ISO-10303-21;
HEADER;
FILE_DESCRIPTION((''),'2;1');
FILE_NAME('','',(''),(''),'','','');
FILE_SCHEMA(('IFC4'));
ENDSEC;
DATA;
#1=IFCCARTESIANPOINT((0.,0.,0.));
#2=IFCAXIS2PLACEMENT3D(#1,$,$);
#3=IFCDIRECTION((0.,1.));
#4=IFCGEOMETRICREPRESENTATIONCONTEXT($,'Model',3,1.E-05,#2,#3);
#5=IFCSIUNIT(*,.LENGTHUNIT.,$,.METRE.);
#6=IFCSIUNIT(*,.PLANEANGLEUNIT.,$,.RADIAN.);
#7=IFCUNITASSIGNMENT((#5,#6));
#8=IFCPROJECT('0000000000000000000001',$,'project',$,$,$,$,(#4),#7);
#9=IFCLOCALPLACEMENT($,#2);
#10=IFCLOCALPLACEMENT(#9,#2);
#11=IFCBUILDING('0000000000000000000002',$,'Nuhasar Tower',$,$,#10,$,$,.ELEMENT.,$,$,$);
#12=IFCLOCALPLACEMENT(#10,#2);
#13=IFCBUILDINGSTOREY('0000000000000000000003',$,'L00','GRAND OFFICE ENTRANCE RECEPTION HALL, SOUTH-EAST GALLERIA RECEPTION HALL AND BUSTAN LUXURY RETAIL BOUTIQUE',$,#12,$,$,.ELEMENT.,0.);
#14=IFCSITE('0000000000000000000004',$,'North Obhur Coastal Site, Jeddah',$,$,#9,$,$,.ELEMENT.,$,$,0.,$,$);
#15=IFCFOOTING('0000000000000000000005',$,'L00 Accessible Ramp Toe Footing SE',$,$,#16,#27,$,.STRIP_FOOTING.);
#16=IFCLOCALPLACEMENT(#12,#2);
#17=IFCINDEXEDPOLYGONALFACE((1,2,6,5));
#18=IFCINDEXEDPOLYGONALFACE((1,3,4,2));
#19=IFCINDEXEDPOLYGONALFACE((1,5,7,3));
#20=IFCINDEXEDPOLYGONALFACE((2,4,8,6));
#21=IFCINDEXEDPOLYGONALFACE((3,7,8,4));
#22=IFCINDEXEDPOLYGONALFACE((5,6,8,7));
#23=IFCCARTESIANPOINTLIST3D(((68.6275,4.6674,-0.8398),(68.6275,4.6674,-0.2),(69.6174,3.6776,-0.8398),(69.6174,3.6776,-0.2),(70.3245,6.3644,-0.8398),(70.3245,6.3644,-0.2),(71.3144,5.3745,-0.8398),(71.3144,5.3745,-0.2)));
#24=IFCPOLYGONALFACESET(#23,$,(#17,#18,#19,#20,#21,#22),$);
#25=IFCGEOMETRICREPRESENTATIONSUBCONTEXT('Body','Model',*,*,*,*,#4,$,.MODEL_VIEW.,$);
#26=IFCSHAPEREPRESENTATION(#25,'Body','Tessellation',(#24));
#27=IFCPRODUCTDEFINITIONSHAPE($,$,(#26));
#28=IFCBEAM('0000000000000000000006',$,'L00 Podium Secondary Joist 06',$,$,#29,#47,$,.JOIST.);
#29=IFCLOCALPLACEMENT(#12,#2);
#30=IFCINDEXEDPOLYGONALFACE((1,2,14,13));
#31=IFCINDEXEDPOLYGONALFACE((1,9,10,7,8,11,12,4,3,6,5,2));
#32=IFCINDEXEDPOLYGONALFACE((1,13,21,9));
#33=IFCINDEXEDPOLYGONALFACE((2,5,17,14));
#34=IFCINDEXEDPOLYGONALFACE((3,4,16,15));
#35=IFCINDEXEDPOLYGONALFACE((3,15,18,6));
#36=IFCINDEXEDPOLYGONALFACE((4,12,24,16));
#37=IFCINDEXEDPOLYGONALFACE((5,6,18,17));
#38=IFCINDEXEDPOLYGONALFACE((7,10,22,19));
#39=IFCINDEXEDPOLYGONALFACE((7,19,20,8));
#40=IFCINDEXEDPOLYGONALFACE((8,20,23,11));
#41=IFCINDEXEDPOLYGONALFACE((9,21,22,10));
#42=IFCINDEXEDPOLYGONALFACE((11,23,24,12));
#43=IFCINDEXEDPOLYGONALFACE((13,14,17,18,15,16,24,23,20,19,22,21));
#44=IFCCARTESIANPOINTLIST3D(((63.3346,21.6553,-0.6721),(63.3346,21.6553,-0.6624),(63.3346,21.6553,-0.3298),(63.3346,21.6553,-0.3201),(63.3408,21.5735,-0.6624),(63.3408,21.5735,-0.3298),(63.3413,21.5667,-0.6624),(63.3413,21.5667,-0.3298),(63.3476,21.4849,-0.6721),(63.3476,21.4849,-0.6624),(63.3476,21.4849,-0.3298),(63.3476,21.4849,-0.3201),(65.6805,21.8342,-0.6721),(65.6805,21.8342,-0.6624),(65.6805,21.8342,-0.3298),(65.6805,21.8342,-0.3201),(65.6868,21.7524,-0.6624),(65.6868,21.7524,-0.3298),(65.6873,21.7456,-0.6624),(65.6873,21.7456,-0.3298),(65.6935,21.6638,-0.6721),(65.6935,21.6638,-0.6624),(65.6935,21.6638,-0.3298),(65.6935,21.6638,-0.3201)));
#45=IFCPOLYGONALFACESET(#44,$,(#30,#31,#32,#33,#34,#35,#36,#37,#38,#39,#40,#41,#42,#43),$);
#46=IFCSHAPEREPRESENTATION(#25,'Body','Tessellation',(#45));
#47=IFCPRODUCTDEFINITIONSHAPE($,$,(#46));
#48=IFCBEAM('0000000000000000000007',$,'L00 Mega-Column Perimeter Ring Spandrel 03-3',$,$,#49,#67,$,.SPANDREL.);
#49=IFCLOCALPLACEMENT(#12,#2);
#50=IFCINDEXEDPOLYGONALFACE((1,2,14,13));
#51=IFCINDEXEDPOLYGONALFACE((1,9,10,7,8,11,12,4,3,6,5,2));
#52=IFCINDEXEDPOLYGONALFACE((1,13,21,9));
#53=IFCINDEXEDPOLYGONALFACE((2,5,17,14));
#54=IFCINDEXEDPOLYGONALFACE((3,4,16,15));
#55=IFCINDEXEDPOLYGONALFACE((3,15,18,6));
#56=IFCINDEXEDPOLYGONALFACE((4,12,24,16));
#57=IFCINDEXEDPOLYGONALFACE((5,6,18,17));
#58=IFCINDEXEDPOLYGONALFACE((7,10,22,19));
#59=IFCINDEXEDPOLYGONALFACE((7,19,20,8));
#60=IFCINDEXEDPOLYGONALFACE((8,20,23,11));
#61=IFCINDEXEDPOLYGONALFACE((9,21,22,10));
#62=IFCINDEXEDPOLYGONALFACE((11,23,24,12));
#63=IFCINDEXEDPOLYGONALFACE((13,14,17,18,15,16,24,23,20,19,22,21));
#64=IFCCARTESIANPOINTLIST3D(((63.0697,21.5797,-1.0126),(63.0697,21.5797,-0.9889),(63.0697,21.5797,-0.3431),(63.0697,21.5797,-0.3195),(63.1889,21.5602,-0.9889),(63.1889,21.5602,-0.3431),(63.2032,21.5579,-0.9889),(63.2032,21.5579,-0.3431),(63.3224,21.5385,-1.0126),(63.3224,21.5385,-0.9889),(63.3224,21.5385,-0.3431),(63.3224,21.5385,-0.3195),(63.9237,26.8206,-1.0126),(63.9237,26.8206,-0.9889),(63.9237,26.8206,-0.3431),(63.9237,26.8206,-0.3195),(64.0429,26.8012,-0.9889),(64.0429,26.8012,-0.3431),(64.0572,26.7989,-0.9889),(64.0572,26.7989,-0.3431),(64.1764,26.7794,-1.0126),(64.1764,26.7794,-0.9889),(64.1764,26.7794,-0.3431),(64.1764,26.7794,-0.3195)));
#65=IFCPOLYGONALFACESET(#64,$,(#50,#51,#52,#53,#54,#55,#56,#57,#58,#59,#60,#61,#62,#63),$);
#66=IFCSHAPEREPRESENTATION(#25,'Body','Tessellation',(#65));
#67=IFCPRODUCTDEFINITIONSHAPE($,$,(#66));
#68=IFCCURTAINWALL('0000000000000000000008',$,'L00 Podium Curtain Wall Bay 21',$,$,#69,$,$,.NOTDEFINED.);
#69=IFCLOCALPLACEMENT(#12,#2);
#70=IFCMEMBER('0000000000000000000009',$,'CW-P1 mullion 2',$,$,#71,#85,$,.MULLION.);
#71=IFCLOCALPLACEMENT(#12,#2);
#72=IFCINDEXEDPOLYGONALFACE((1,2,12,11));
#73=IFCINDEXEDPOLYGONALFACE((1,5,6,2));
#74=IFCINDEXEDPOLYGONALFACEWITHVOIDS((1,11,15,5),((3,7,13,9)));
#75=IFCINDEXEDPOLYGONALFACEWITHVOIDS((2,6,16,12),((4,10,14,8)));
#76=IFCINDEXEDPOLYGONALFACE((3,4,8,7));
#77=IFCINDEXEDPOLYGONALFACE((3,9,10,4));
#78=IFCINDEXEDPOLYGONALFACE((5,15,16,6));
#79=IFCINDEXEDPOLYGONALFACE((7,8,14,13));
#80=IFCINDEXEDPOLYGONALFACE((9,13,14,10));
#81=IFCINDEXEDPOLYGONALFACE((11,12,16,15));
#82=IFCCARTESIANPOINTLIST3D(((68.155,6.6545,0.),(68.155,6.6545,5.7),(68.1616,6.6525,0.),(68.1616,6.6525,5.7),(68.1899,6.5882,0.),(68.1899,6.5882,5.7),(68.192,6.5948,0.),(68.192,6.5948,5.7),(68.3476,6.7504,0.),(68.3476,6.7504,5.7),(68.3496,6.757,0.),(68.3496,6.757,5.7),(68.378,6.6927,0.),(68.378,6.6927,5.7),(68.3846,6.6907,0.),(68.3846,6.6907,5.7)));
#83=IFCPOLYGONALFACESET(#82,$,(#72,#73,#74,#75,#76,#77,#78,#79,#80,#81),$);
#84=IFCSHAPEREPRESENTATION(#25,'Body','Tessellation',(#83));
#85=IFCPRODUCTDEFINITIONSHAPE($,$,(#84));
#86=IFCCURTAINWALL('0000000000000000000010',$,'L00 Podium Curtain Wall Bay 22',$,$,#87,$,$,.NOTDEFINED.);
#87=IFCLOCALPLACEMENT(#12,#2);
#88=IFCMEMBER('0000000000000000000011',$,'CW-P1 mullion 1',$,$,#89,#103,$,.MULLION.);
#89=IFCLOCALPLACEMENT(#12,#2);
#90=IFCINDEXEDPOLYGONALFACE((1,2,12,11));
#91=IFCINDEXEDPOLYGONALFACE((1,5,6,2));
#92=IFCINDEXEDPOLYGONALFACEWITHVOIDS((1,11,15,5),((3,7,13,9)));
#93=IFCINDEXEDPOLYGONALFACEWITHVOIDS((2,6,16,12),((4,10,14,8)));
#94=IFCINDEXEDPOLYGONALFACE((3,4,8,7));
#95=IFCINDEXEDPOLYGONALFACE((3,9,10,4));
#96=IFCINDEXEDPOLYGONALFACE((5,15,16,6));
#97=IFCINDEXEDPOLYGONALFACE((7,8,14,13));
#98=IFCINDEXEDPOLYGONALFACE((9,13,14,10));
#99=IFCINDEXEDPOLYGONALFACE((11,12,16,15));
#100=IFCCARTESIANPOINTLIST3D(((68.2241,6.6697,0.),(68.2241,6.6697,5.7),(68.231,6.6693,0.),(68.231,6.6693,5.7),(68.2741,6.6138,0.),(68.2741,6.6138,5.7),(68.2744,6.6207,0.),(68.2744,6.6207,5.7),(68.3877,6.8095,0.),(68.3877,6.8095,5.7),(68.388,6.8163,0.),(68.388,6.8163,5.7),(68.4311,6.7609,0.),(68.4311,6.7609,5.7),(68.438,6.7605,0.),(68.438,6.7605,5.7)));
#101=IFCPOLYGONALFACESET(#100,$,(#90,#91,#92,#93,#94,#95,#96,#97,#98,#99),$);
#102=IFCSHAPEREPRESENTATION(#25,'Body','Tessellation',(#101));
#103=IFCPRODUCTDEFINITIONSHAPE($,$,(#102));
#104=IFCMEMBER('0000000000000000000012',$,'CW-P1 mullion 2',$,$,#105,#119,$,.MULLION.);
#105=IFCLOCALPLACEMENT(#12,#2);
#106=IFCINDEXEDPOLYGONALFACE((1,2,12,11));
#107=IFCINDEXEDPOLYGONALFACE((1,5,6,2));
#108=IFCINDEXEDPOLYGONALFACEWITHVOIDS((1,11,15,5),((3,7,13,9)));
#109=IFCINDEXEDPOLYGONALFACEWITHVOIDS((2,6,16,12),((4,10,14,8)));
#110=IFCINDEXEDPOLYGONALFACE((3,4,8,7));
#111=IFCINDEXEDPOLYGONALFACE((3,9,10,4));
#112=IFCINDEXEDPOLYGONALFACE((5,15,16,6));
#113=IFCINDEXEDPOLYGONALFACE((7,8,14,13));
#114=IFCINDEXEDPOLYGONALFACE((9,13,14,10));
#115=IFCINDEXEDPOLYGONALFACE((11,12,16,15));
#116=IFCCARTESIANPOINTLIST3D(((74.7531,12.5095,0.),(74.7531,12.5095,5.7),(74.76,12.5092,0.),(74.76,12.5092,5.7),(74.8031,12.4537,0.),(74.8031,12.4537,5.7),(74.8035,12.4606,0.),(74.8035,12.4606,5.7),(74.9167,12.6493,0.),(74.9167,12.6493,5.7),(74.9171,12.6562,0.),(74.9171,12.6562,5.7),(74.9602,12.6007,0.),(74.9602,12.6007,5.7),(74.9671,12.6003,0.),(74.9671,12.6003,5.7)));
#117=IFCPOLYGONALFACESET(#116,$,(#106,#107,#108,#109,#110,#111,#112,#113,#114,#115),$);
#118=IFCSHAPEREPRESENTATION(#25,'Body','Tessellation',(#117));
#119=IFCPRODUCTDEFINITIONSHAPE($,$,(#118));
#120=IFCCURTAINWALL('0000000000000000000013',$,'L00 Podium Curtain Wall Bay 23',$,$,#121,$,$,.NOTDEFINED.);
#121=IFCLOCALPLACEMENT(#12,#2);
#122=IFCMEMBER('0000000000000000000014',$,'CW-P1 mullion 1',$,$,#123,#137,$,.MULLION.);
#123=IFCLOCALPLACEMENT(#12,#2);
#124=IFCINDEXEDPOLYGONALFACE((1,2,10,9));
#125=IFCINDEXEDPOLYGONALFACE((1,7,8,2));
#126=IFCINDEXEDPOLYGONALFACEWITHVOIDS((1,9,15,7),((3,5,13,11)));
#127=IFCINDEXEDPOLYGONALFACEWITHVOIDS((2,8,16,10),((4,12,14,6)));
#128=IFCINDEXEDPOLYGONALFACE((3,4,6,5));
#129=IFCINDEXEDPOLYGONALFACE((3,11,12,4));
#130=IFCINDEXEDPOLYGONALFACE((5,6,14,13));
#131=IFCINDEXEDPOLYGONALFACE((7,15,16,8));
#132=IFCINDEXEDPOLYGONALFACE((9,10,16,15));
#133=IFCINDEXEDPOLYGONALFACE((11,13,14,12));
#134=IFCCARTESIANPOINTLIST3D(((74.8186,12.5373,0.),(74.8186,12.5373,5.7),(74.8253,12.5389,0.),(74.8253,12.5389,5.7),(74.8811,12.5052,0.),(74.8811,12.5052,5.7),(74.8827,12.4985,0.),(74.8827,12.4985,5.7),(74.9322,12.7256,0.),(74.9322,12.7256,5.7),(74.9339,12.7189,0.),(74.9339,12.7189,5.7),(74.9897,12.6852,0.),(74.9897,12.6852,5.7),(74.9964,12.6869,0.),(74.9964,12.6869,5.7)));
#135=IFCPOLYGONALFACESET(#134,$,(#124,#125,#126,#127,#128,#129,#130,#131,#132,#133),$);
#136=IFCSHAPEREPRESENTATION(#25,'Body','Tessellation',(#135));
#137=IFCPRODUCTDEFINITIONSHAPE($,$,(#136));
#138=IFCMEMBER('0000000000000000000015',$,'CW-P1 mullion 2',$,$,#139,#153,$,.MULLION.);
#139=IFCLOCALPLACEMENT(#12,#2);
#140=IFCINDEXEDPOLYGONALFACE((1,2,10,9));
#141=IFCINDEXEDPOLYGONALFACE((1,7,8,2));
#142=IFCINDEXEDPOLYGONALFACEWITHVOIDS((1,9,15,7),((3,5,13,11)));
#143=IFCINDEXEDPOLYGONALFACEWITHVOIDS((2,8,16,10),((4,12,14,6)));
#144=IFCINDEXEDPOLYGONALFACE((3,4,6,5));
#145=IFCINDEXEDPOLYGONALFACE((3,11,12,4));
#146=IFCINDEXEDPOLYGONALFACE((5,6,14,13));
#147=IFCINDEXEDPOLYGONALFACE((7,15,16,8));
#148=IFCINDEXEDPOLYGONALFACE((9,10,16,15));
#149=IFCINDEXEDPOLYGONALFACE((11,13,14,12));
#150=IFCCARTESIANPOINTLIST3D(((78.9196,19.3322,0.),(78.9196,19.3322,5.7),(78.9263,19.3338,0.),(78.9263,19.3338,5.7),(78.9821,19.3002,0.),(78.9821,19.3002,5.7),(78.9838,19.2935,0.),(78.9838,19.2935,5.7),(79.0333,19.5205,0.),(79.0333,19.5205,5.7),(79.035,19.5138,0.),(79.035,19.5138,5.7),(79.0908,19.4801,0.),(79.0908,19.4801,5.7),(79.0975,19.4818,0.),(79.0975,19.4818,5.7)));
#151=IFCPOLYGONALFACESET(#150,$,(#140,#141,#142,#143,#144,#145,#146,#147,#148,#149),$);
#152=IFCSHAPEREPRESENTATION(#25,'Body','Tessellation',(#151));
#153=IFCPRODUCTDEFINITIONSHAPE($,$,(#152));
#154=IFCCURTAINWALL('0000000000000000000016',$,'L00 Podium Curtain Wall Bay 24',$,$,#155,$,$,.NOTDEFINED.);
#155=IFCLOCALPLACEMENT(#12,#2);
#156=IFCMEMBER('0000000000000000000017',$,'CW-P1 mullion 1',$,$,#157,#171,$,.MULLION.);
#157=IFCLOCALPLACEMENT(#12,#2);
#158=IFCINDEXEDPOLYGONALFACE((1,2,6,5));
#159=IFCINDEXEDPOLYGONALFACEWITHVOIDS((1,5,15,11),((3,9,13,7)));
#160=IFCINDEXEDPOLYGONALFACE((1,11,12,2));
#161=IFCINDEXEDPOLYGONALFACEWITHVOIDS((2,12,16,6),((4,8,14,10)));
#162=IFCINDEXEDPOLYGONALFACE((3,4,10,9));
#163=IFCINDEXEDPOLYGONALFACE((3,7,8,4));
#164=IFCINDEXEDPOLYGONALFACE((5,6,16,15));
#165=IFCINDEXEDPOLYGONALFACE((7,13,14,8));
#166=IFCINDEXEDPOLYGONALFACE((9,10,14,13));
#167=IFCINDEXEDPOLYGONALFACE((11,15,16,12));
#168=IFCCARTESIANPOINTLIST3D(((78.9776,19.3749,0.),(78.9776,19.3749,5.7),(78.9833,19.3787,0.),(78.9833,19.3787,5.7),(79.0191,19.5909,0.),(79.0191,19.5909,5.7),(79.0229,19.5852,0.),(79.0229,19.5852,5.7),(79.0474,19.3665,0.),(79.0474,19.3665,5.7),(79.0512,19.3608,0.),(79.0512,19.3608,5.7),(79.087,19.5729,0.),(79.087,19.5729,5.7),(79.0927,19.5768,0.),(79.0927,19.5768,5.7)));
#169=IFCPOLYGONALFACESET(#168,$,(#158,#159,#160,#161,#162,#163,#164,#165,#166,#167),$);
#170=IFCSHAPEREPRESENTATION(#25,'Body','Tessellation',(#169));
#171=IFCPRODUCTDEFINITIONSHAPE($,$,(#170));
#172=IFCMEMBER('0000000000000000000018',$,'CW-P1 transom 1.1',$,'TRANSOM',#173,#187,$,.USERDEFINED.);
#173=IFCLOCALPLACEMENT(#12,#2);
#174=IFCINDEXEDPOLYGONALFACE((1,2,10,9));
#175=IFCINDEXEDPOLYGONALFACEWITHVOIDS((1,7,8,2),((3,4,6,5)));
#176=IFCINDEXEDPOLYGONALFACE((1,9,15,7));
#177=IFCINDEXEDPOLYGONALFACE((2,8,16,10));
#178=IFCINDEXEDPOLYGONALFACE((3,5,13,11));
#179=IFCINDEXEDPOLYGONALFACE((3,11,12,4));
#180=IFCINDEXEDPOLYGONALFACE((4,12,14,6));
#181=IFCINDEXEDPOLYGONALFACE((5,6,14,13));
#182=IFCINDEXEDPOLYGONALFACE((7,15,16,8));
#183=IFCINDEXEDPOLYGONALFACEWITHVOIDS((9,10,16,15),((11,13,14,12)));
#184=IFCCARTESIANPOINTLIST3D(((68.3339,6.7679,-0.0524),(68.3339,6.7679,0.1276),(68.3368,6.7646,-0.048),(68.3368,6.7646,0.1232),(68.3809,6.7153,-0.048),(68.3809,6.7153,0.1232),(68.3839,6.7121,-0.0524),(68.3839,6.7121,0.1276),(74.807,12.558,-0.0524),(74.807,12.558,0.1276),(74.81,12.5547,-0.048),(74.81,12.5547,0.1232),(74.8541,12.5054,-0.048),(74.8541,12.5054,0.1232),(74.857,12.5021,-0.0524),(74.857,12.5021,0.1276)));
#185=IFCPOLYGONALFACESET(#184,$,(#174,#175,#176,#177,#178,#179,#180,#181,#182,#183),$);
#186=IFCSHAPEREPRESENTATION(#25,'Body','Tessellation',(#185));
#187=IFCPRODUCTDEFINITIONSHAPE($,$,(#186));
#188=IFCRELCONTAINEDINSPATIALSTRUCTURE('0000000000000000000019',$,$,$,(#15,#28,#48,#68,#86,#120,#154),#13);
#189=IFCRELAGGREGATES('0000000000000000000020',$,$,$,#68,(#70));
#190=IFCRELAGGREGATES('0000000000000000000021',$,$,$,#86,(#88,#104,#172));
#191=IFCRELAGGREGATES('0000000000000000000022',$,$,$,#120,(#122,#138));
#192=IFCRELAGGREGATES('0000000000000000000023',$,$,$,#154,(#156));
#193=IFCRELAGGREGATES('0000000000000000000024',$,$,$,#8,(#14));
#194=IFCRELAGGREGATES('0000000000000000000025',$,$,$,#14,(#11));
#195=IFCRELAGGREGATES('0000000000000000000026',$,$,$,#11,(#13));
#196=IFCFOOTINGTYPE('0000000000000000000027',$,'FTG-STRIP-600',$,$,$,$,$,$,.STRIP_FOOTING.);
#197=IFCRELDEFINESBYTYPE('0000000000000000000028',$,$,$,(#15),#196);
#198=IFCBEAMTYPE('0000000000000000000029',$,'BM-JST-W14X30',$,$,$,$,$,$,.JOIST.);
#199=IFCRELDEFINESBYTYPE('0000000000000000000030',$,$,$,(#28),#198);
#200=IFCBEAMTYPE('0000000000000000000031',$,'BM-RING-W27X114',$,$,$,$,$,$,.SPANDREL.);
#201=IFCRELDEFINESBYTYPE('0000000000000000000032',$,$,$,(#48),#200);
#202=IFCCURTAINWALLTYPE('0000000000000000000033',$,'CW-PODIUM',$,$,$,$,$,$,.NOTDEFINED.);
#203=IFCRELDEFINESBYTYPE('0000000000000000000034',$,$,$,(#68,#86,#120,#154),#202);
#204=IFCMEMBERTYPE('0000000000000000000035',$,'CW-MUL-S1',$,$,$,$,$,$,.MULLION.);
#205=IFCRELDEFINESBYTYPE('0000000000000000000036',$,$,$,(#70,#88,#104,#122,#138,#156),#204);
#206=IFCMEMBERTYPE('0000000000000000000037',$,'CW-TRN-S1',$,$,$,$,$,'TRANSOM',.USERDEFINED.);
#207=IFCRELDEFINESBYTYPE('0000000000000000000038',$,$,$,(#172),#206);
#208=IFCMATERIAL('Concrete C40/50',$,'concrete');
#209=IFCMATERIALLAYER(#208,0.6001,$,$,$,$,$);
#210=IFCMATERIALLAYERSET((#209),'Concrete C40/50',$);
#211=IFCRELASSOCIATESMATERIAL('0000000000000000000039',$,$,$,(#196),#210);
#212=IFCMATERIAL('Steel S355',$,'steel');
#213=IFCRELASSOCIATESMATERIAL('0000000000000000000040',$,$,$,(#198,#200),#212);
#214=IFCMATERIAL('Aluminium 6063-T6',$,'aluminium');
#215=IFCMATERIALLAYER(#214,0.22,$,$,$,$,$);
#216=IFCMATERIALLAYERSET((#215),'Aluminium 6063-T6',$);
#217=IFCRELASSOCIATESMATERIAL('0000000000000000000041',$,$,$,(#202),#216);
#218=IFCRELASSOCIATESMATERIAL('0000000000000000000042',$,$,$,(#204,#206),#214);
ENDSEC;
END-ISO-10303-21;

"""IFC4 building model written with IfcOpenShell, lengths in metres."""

from ifc_helpers import new_model, si_unit, direction, frame, origin, origin_2d, place, context, subcontext, project, spatial, rectangle, hollow_rectangle, i_section, extrude, material, layer, layer_set, material_profile, profile_set, type_object, element, aggregate, save


model = new_model("IFC4")

# Units and contexts
model_context = context("Model", 3, precision=1e-05, world=origin(), true_north=direction((0.0, 1.0)))
body_context = subcontext(model_context, "Body", "Model", "MODEL_VIEW")
ifc_project = project(units=[si_unit("LENGTHUNIT", "METRE"), si_unit("PLANEANGLEUNIT", "RADIAN")], contexts=[model_context])

# Site, building, storey
site_placement = place(None, origin())
site = spatial("IfcSite", under=ifc_project, at=site_placement, Name="North Obhur Coastal Site, Jeddah", CompositionType="ELEMENT", RefElevation=0.0)
building_placement = place(site_placement, origin())
building = spatial("IfcBuilding", under=site, at=building_placement, Name="Nuhasar Tower", CompositionType="ELEMENT")
storey_placement = place(building_placement, origin())
storey = spatial("IfcBuildingStorey", under=building, at=storey_placement, Name="L00", Description="GRAND OFFICE ENTRANCE RECEPTION HALL, SOUTH-EAST GALLERIA RECEPTION HALL AND BUSTAN LUXURY RETAIL BOUTIQUE", CompositionType="ELEMENT", Elevation=0.0)

# Footing
ifc_material_1 = material(Name="Concrete C40/50", Category="concrete")
ifc_layer_1 = layer(ifc_material_1, 0.6001)
ifc_layer_set_1 = layer_set([ifc_layer_1], Name="Concrete C40/50")
footing_type = type_object("IfcFootingType", Name="FTG-STRIP-600", PredefinedType="STRIP_FOOTING", material=ifc_layer_set_1)
footing_placement = place(storey_placement, frame((69.9709, 5.021, -0.8398), z_axis=(0.0, 0.0, 1.0), x_axis=(0.707107, -0.707107, 0.0)))
element("IfcFooting", 1, at=footing_placement, inside=storey, type_object=footing_type, Name="L00 Accessible Ramp Toe Footing SE", PredefinedType="STRIP_FOOTING", context=body_context, shape_type="SweptSolid", body=[
    extrude(rectangle(XDim=1.3999, YDim=2.3999, at=origin_2d()), origin(), (0.0, 0.0, 1.0), 0.6399),
])

# Beams
ifc_material_2 = material(Name="Steel S355", Category="steel")
ifc_material_profile_1 = material_profile(ifc_material_2, i_section(OverallWidth=0.1709, OverallDepth=0.3521, WebThickness=0.0068, FlangeThickness=0.0098, at=origin_2d()), Name="W14X30")
ifc_profile_set_1 = profile_set([ifc_material_profile_1], Name="Steel S355")
beam_type_1 = type_object("IfcBeamType", Name="BM-JST-W14X30", PredefinedType="JOIST", material=ifc_profile_set_1)
beam_1_placement = place(storey_placement, frame((63.3411, 21.5701, -0.4961), z_axis=(0.997103, 0.076062, 0.0), x_axis=(-0.076062, 0.997103, 0.0)))
element("IfcBeam", 2, at=beam_1_placement, inside=storey, type_object=beam_type_1, Name="L00 Podium Secondary Joist 06", PredefinedType="JOIST", context=body_context, shape_type="SweptSolid", body=[
    extrude(i_section(OverallWidth=0.1709, OverallDepth=0.3521, WebThickness=0.0068, FlangeThickness=0.0098, at=origin_2d()), origin(), (0.0, 0.0, 1.0), 2.3528),
])
ifc_material_profile_2 = material_profile(ifc_material_2, i_section(OverallWidth=0.2561, OverallDepth=0.6931, WebThickness=0.0144, FlangeThickness=0.0237, at=origin_2d()), Name="W27X114")
ifc_profile_set_2 = profile_set([ifc_material_profile_2], Name="Steel S355")
beam_type_2 = type_object("IfcBeamType", Name="BM-RING-W27X114", PredefinedType="SPANDREL", material=ifc_profile_set_2)
beam_2_placement = place(storey_placement, frame((63.196, 21.5591, -0.666), z_axis=(0.160827, 0.986983, 0.0), x_axis=(-0.986983, 0.160827, 0.0)))
element("IfcBeam", 3, at=beam_2_placement, inside=storey, type_object=beam_type_2, Name="L00 Mega-Column Perimeter Ring Spandrel 03-3", PredefinedType="SPANDREL", context=body_context, shape_type="SweptSolid", body=[
    extrude(i_section(OverallWidth=0.2561, OverallDepth=0.6931, WebThickness=0.0144, FlangeThickness=0.0237, at=origin_2d()), origin(), (0.0, 0.0, 1.0), 5.3101),
])

# Curtain wall, member
ifc_material_3 = material(Name="Aluminium 6063-T6", Category="aluminium")
ifc_layer_2 = layer(ifc_material_3, 0.22)
ifc_layer_set_2 = layer_set([ifc_layer_2], Name="Aluminium 6063-T6")
curtain_wall_type = type_object("IfcCurtainWallType", Name="CW-PODIUM", PredefinedType="NOTDEFINED", material=ifc_layer_set_2)
curtain_wall_1_placement = place(storey_placement, origin())
curtain_wall_1 = element("IfcCurtainWall", 4, at=curtain_wall_1_placement, inside=storey, type_object=curtain_wall_type, Name="L00 Podium Curtain Wall Bay 21", PredefinedType="NOTDEFINED")
ifc_material_profile_3 = material_profile(ifc_material_3, hollow_rectangle(XDim=0.075, YDim=0.22, WallThickness=0.0049, at=origin_2d()), Name="CWM-1")
ifc_profile_set_3 = profile_set([ifc_material_profile_3], Name="Aluminium 6063-T6")
member_type_1 = type_object("IfcMemberType", Name="CW-MUL-S1", PredefinedType="MULLION", material=ifc_profile_set_3)
member_1_placement = place(storey_placement, frame((68.2698, 6.6726, 0.0), z_axis=(0.0, 0.0, 1.0), x_axis=(-0.465959, 0.884806, 0.0)))
member_1 = element("IfcMember", 5, at=member_1_placement, type_object=member_type_1, Name="CW-P1 mullion 2", PredefinedType="MULLION", context=body_context, shape_type="SweptSolid", body=[
    extrude(hollow_rectangle(XDim=0.075, YDim=0.22, WallThickness=0.0049, at=origin_2d()), origin(), (0.0, 0.0, 1.0), 5.7),
])

# Curtain walls, members
curtain_wall_2_placement = place(storey_placement, origin())
curtain_wall_2 = element("IfcCurtainWall", 6, at=curtain_wall_2_placement, inside=storey, type_object=curtain_wall_type, Name="L00 Podium Curtain Wall Bay 22", PredefinedType="NOTDEFINED")
member_2_placement = place(storey_placement, frame((68.3311, 6.7151, 0.0), z_axis=(0.0, 0.0, 1.0), x_axis=(-0.666679, 0.745345, 0.0)))
member_2 = element("IfcMember", 7, at=member_2_placement, type_object=member_type_1, Name="CW-P1 mullion 1", PredefinedType="MULLION", context=body_context, shape_type="SweptSolid", body=[
    extrude(hollow_rectangle(XDim=0.075, YDim=0.22, WallThickness=0.0049, at=origin_2d()), origin(), (0.0, 0.0, 1.0), 5.7),
])
member_3_placement = place(storey_placement, frame((74.8601, 12.5549, 0.0), z_axis=(0.0, 0.0, 1.0), x_axis=(-0.666679, 0.745345, 0.0)))
member_3 = element("IfcMember", 8, at=member_3_placement, type_object=member_type_1, Name="CW-P1 mullion 2", PredefinedType="MULLION", context=body_context, shape_type="SweptSolid", body=[
    extrude(hollow_rectangle(XDim=0.075, YDim=0.22, WallThickness=0.0049, at=origin_2d()), origin(), (0.0, 0.0, 1.0), 5.7),
])
curtain_wall_3_placement = place(storey_placement, origin())
curtain_wall_3 = element("IfcCurtainWall", 9, at=curtain_wall_3_placement, inside=storey, type_object=curtain_wall_type, Name="L00 Podium Curtain Wall Bay 23", PredefinedType="NOTDEFINED")
member_4_placement = place(storey_placement, frame((74.9075, 12.6121, 0.0), z_axis=(0.0, 0.0, 1.0), x_axis=(-0.856135, 0.516752, 0.0)))
member_4 = element("IfcMember", 10, at=member_4_placement, type_object=member_type_1, Name="CW-P1 mullion 1", PredefinedType="MULLION", context=body_context, shape_type="SweptSolid", body=[
    extrude(hollow_rectangle(XDim=0.075, YDim=0.22, WallThickness=0.0049, at=origin_2d()), origin(), (0.0, 0.0, 1.0), 5.7),
])
member_5_placement = place(storey_placement, frame((79.0085, 19.407, 0.0), z_axis=(0.0, 0.0, 1.0), x_axis=(-0.856135, 0.516752, 0.0)))
member_5 = element("IfcMember", 11, at=member_5_placement, type_object=member_type_1, Name="CW-P1 mullion 2", PredefinedType="MULLION", context=body_context, shape_type="SweptSolid", body=[
    extrude(hollow_rectangle(XDim=0.075, YDim=0.22, WallThickness=0.0049, at=origin_2d()), origin(), (0.0, 0.0, 1.0), 5.7),
])

# Curtain wall, member
curtain_wall_4_placement = place(storey_placement, origin())
curtain_wall_4 = element("IfcCurtainWall", 12, at=curtain_wall_4_placement, inside=storey, type_object=curtain_wall_type, Name="L00 Podium Curtain Wall Bay 24", PredefinedType="NOTDEFINED")
member_6_placement = place(storey_placement, frame((79.0352, 19.4758, 0.0), z_axis=(0.0, 0.0, 1.0), x_axis=(-0.982095, 0.188387, 0.0)))
member_6 = element("IfcMember", 13, at=member_6_placement, type_object=member_type_1, Name="CW-P1 mullion 1", PredefinedType="MULLION", context=body_context, shape_type="SweptSolid", body=[
    extrude(hollow_rectangle(XDim=0.075, YDim=0.22, WallThickness=0.0049, at=origin_2d()), origin(), (0.0, 0.0, 1.0), 5.7),
])

# Member
ifc_material_profile_4 = material_profile(ifc_material_3, hollow_rectangle(XDim=0.075, YDim=0.1799, WallThickness=0.0044, at=origin_2d()), Name="CWT-1")
ifc_profile_set_4 = profile_set([ifc_material_profile_4], Name="Aluminium 6063-T6")
member_type_2 = type_object("IfcMemberType", Name="CW-TRN-S1", ElementType="TRANSOM", PredefinedType="USERDEFINED", material=ifc_profile_set_4)
member_7_placement = place(storey_placement, frame((68.3589, 6.74, 0.0376), z_axis=(0.74534, 0.666685, 0.0), x_axis=(-0.666685, 0.74534, 0.0)))
member_7 = element("IfcMember", 14, at=member_7_placement, type_object=member_type_2, Name="CW-P1 transom 1.1", ObjectType="TRANSOM", PredefinedType="USERDEFINED", context=body_context, shape_type="SweptSolid", body=[
    extrude(hollow_rectangle(XDim=0.075, YDim=0.1799, WallThickness=0.0044, at=origin_2d()), origin(), (0.0, 0.0, 1.0), 8.6848),
])

aggregate(curtain_wall_1, [member_1])
aggregate(curtain_wall_2, [member_2, member_3, member_7])
aggregate(curtain_wall_3, [member_4, member_5])
aggregate(curtain_wall_4, [member_6])

save(model, "model.ifc")
